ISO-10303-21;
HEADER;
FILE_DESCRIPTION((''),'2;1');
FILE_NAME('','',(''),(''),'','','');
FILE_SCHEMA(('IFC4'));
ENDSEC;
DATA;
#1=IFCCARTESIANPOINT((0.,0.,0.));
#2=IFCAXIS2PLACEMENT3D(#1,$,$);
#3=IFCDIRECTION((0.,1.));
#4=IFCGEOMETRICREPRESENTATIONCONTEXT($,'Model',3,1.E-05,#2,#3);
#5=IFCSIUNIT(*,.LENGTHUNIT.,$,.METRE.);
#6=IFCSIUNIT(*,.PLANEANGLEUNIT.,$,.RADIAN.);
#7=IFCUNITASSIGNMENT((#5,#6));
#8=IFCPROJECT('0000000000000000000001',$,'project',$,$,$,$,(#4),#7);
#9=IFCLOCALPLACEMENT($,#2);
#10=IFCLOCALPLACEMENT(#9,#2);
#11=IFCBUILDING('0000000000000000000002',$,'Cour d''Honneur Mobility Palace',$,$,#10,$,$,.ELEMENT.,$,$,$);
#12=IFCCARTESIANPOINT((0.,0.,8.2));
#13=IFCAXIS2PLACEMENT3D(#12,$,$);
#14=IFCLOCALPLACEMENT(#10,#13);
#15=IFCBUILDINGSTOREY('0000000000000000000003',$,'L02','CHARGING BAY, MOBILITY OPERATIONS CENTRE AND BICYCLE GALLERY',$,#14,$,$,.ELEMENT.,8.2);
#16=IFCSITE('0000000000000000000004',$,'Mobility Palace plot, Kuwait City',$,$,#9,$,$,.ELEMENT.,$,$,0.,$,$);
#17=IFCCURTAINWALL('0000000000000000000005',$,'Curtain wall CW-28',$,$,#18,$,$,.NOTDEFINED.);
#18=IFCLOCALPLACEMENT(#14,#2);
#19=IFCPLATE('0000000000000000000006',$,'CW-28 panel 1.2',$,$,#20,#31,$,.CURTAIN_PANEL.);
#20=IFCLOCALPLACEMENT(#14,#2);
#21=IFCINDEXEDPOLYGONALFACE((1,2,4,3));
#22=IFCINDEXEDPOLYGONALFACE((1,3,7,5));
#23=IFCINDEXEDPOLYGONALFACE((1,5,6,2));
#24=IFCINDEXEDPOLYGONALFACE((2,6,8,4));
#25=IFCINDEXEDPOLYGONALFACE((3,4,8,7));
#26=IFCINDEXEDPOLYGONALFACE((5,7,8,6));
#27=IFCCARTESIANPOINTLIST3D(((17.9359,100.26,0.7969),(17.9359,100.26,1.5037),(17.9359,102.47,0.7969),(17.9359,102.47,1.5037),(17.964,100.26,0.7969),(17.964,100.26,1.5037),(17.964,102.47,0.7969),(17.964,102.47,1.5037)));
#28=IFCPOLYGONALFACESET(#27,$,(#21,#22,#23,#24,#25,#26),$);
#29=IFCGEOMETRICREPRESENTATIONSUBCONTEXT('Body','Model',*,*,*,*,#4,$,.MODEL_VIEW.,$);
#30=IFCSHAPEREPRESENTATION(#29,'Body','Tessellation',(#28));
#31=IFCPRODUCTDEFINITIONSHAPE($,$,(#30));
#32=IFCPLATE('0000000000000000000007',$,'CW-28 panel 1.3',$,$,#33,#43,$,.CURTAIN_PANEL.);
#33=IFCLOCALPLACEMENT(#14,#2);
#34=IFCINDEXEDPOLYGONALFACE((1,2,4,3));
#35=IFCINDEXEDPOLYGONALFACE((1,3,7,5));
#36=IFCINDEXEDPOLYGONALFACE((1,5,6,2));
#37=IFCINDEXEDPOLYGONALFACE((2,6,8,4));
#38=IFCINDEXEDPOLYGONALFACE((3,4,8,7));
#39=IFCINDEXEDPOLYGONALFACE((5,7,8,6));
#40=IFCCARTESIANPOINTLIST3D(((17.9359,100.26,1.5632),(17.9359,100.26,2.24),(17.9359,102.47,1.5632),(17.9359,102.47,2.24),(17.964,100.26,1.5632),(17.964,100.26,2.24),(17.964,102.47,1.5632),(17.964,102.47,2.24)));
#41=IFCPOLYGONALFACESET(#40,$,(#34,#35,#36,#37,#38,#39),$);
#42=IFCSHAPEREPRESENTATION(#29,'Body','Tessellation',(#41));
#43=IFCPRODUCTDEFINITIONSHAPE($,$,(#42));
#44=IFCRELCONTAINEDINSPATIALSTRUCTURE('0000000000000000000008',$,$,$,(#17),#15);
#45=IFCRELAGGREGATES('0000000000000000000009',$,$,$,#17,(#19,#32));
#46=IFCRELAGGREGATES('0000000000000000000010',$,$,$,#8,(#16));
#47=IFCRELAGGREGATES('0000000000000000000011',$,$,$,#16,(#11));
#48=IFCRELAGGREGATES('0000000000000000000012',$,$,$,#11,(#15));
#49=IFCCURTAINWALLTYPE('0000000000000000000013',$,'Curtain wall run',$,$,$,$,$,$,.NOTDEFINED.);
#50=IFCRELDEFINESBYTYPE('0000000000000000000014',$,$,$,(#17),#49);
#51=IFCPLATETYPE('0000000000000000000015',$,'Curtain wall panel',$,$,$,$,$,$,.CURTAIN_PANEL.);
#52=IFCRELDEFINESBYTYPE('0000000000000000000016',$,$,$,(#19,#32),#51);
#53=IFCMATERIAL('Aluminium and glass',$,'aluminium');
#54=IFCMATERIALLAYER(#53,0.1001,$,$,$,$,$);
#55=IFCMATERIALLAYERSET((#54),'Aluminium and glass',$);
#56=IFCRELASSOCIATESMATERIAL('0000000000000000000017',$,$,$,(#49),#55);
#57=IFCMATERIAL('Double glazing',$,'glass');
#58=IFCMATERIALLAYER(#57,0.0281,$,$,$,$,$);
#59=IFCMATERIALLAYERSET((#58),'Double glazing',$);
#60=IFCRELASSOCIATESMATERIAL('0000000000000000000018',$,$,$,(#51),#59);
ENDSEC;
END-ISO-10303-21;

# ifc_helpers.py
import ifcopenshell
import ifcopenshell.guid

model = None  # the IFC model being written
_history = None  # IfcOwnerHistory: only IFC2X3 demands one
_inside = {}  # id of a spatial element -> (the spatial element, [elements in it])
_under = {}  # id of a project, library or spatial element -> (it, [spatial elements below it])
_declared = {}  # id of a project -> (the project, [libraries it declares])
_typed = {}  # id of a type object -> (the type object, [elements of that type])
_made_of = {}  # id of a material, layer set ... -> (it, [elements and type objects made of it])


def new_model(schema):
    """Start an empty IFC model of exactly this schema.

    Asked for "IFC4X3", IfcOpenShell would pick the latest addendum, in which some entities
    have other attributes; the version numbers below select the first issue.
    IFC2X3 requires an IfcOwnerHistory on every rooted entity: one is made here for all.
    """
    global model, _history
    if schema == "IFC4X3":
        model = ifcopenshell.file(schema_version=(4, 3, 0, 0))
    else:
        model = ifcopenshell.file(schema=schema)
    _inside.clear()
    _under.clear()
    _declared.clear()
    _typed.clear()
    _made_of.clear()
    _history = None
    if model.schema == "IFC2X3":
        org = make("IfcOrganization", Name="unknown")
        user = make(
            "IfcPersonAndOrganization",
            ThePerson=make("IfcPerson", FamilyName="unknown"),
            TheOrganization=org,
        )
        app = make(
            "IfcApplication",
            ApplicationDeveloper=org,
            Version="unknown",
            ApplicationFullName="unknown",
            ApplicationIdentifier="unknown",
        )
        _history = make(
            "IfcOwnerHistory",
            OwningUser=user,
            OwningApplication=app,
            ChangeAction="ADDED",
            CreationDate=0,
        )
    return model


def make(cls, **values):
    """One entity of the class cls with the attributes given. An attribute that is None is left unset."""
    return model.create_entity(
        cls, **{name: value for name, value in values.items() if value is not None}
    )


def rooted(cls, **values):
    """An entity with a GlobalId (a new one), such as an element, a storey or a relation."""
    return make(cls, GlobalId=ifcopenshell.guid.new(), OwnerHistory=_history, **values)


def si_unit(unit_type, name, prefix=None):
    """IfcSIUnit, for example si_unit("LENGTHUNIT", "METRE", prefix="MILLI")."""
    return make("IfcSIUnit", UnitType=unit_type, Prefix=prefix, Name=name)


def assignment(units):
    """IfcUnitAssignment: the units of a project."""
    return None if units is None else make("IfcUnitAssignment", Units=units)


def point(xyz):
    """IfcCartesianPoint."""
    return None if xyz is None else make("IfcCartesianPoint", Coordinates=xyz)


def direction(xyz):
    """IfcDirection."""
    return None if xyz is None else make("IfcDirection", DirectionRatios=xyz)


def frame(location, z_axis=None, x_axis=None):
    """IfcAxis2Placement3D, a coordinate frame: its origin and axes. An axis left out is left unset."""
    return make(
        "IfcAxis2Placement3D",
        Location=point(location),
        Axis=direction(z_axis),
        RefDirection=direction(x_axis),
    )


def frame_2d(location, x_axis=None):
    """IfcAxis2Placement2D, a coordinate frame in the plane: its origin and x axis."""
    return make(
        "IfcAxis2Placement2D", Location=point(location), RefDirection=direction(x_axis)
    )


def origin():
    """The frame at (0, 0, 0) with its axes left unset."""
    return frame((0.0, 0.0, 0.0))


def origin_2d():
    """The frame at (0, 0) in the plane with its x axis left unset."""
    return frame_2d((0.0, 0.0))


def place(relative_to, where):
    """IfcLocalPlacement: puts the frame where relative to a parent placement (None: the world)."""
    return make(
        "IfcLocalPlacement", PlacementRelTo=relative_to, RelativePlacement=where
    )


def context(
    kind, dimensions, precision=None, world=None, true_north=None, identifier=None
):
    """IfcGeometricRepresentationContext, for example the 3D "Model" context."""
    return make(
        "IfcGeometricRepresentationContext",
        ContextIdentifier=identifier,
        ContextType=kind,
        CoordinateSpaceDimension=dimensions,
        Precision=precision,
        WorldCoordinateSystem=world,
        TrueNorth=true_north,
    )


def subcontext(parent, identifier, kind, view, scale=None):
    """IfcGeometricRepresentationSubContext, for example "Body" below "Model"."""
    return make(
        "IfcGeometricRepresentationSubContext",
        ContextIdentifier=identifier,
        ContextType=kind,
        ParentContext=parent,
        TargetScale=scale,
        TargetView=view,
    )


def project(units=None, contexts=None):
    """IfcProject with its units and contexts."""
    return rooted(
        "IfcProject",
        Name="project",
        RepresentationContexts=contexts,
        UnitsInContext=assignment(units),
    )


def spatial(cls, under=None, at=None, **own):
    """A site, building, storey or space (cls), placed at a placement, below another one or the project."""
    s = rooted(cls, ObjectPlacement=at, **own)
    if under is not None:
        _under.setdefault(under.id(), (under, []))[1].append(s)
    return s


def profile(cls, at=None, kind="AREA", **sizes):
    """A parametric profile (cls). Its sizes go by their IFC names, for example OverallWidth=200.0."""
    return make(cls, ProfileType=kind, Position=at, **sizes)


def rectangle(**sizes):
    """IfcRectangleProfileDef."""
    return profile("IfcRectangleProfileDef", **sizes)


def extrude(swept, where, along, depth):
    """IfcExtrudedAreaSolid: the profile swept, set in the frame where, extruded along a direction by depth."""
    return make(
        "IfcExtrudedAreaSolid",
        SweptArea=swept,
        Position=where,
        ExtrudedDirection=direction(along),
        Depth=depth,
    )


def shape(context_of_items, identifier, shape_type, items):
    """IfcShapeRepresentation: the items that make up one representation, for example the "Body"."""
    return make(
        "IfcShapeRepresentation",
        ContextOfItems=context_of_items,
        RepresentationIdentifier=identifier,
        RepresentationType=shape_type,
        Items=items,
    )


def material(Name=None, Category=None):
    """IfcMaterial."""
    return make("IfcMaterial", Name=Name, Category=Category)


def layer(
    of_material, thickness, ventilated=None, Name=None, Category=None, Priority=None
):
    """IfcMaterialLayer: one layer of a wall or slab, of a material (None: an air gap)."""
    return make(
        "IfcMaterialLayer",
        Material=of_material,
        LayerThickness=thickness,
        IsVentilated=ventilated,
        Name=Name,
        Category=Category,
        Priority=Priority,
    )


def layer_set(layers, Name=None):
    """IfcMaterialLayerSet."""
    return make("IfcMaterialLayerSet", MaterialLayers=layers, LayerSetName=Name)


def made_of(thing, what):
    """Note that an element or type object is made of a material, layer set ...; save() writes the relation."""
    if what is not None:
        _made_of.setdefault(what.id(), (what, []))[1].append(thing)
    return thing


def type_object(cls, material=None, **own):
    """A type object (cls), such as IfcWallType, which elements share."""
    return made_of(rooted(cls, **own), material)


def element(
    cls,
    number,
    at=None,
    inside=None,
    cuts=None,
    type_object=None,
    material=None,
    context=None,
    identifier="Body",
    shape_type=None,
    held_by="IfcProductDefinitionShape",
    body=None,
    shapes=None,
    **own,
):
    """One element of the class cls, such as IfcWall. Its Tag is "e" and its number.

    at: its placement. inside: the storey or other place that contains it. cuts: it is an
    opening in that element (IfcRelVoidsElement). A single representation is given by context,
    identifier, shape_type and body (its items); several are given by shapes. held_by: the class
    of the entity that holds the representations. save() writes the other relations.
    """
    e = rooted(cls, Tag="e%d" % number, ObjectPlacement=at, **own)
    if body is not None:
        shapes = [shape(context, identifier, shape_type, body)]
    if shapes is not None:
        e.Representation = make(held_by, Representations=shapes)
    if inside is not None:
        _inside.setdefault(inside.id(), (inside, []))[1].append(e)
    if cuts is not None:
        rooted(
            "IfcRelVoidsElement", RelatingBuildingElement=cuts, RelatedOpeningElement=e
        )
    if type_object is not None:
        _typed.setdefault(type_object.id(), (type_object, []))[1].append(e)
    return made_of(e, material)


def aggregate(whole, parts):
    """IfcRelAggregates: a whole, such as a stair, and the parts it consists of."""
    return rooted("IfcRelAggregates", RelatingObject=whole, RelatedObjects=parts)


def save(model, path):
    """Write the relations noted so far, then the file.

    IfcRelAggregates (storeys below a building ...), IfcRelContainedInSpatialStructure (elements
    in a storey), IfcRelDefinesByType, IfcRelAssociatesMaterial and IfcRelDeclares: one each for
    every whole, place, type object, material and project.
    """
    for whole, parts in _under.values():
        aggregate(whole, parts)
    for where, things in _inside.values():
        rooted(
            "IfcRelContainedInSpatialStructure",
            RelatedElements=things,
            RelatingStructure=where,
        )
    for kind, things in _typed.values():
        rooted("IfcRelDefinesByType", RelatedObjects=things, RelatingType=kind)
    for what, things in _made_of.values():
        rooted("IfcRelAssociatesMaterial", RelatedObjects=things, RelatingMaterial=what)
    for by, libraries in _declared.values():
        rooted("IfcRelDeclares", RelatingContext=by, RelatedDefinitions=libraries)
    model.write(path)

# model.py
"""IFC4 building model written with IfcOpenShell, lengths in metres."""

from ifc_helpers import new_model, si_unit, direction, frame, origin, origin_2d, place, context, subcontext, project, spatial, rectangle, extrude, material, layer, layer_set, type_object, element, aggregate, save


model = new_model("IFC4")

# Units and contexts
model_context = context("Model", 3, precision=1e-05, world=origin(), true_north=direction((0.0, 1.0)))
body_context = subcontext(model_context, "Body", "Model", "MODEL_VIEW")
ifc_project = project(units=[si_unit("LENGTHUNIT", "METRE"), si_unit("PLANEANGLEUNIT", "RADIAN")], contexts=[model_context])

# Site, building, storey
site_placement = place(None, origin())
site = spatial("IfcSite", under=ifc_project, at=site_placement, Name="Mobility Palace plot, Kuwait City", CompositionType="ELEMENT", RefElevation=0.0)
building_placement = place(site_placement, origin())
building = spatial("IfcBuilding", under=site, at=building_placement, Name="Cour d'Honneur Mobility Palace", CompositionType="ELEMENT")
storey_placement = place(building_placement, frame((0.0, 0.0, 8.2)))
storey = spatial("IfcBuildingStorey", under=building, at=storey_placement, Name="L02", Description="CHARGING BAY, MOBILITY OPERATIONS CENTRE AND BICYCLE GALLERY", CompositionType="ELEMENT", Elevation=8.2)

# Curtain wall
ifc_material_1 = material(Name="Aluminium and glass", Category="aluminium")
ifc_layer_1 = layer(ifc_material_1, 0.1001)
ifc_layer_set_1 = layer_set([ifc_layer_1], Name="Aluminium and glass")
curtain_wall_type = type_object("IfcCurtainWallType", Name="Curtain wall run", PredefinedType="NOTDEFINED", material=ifc_layer_set_1)
curtain_wall_1_placement = place(storey_placement, origin())
curtain_wall_1 = element("IfcCurtainWall", 1, at=curtain_wall_1_placement, inside=storey, type_object=curtain_wall_type, Name="Curtain wall CW-28", PredefinedType="NOTDEFINED")

# Plates
ifc_material_2 = material(Name="Double glazing", Category="glass")
ifc_layer_2 = layer(ifc_material_2, 0.0281)
ifc_layer_set_2 = layer_set([ifc_layer_2], Name="Double glazing")
plate_type = type_object("IfcPlateType", Name="Curtain wall panel", PredefinedType="CURTAIN_PANEL", material=ifc_layer_set_2)
plate_1_placement = place(storey_placement, frame((17.95, 101.365, 0.7969), z_axis=(0.0, 0.0, 1.0), x_axis=(0.0, 1.0, 0.0)))
plate_1 = element("IfcPlate", 2, at=plate_1_placement, type_object=plate_type, Name="CW-28 panel 1.2", PredefinedType="CURTAIN_PANEL", context=body_context, shape_type="SweptSolid", body=[
    extrude(rectangle(XDim=2.21, YDim=0.0281, at=origin_2d()), origin(), (0.0, 0.0, 1.0), 0.7068),
])
plate_2_placement = place(storey_placement, frame((17.95, 101.365, 1.5632), z_axis=(0.0, 0.0, 1.0), x_axis=(0.0, 1.0, 0.0)))
plate_2 = element("IfcPlate", 3, at=plate_2_placement, type_object=plate_type, Name="CW-28 panel 1.3", PredefinedType="CURTAIN_PANEL", context=body_context, shape_type="SweptSolid", body=[
    extrude(rectangle(XDim=2.21, YDim=0.0281, at=origin_2d()), origin(), (0.0, 0.0, 1.0), 0.6768),
])
aggregate(curtain_wall_1, [plate_1, plate_2])

save(model, "model.ifc")
